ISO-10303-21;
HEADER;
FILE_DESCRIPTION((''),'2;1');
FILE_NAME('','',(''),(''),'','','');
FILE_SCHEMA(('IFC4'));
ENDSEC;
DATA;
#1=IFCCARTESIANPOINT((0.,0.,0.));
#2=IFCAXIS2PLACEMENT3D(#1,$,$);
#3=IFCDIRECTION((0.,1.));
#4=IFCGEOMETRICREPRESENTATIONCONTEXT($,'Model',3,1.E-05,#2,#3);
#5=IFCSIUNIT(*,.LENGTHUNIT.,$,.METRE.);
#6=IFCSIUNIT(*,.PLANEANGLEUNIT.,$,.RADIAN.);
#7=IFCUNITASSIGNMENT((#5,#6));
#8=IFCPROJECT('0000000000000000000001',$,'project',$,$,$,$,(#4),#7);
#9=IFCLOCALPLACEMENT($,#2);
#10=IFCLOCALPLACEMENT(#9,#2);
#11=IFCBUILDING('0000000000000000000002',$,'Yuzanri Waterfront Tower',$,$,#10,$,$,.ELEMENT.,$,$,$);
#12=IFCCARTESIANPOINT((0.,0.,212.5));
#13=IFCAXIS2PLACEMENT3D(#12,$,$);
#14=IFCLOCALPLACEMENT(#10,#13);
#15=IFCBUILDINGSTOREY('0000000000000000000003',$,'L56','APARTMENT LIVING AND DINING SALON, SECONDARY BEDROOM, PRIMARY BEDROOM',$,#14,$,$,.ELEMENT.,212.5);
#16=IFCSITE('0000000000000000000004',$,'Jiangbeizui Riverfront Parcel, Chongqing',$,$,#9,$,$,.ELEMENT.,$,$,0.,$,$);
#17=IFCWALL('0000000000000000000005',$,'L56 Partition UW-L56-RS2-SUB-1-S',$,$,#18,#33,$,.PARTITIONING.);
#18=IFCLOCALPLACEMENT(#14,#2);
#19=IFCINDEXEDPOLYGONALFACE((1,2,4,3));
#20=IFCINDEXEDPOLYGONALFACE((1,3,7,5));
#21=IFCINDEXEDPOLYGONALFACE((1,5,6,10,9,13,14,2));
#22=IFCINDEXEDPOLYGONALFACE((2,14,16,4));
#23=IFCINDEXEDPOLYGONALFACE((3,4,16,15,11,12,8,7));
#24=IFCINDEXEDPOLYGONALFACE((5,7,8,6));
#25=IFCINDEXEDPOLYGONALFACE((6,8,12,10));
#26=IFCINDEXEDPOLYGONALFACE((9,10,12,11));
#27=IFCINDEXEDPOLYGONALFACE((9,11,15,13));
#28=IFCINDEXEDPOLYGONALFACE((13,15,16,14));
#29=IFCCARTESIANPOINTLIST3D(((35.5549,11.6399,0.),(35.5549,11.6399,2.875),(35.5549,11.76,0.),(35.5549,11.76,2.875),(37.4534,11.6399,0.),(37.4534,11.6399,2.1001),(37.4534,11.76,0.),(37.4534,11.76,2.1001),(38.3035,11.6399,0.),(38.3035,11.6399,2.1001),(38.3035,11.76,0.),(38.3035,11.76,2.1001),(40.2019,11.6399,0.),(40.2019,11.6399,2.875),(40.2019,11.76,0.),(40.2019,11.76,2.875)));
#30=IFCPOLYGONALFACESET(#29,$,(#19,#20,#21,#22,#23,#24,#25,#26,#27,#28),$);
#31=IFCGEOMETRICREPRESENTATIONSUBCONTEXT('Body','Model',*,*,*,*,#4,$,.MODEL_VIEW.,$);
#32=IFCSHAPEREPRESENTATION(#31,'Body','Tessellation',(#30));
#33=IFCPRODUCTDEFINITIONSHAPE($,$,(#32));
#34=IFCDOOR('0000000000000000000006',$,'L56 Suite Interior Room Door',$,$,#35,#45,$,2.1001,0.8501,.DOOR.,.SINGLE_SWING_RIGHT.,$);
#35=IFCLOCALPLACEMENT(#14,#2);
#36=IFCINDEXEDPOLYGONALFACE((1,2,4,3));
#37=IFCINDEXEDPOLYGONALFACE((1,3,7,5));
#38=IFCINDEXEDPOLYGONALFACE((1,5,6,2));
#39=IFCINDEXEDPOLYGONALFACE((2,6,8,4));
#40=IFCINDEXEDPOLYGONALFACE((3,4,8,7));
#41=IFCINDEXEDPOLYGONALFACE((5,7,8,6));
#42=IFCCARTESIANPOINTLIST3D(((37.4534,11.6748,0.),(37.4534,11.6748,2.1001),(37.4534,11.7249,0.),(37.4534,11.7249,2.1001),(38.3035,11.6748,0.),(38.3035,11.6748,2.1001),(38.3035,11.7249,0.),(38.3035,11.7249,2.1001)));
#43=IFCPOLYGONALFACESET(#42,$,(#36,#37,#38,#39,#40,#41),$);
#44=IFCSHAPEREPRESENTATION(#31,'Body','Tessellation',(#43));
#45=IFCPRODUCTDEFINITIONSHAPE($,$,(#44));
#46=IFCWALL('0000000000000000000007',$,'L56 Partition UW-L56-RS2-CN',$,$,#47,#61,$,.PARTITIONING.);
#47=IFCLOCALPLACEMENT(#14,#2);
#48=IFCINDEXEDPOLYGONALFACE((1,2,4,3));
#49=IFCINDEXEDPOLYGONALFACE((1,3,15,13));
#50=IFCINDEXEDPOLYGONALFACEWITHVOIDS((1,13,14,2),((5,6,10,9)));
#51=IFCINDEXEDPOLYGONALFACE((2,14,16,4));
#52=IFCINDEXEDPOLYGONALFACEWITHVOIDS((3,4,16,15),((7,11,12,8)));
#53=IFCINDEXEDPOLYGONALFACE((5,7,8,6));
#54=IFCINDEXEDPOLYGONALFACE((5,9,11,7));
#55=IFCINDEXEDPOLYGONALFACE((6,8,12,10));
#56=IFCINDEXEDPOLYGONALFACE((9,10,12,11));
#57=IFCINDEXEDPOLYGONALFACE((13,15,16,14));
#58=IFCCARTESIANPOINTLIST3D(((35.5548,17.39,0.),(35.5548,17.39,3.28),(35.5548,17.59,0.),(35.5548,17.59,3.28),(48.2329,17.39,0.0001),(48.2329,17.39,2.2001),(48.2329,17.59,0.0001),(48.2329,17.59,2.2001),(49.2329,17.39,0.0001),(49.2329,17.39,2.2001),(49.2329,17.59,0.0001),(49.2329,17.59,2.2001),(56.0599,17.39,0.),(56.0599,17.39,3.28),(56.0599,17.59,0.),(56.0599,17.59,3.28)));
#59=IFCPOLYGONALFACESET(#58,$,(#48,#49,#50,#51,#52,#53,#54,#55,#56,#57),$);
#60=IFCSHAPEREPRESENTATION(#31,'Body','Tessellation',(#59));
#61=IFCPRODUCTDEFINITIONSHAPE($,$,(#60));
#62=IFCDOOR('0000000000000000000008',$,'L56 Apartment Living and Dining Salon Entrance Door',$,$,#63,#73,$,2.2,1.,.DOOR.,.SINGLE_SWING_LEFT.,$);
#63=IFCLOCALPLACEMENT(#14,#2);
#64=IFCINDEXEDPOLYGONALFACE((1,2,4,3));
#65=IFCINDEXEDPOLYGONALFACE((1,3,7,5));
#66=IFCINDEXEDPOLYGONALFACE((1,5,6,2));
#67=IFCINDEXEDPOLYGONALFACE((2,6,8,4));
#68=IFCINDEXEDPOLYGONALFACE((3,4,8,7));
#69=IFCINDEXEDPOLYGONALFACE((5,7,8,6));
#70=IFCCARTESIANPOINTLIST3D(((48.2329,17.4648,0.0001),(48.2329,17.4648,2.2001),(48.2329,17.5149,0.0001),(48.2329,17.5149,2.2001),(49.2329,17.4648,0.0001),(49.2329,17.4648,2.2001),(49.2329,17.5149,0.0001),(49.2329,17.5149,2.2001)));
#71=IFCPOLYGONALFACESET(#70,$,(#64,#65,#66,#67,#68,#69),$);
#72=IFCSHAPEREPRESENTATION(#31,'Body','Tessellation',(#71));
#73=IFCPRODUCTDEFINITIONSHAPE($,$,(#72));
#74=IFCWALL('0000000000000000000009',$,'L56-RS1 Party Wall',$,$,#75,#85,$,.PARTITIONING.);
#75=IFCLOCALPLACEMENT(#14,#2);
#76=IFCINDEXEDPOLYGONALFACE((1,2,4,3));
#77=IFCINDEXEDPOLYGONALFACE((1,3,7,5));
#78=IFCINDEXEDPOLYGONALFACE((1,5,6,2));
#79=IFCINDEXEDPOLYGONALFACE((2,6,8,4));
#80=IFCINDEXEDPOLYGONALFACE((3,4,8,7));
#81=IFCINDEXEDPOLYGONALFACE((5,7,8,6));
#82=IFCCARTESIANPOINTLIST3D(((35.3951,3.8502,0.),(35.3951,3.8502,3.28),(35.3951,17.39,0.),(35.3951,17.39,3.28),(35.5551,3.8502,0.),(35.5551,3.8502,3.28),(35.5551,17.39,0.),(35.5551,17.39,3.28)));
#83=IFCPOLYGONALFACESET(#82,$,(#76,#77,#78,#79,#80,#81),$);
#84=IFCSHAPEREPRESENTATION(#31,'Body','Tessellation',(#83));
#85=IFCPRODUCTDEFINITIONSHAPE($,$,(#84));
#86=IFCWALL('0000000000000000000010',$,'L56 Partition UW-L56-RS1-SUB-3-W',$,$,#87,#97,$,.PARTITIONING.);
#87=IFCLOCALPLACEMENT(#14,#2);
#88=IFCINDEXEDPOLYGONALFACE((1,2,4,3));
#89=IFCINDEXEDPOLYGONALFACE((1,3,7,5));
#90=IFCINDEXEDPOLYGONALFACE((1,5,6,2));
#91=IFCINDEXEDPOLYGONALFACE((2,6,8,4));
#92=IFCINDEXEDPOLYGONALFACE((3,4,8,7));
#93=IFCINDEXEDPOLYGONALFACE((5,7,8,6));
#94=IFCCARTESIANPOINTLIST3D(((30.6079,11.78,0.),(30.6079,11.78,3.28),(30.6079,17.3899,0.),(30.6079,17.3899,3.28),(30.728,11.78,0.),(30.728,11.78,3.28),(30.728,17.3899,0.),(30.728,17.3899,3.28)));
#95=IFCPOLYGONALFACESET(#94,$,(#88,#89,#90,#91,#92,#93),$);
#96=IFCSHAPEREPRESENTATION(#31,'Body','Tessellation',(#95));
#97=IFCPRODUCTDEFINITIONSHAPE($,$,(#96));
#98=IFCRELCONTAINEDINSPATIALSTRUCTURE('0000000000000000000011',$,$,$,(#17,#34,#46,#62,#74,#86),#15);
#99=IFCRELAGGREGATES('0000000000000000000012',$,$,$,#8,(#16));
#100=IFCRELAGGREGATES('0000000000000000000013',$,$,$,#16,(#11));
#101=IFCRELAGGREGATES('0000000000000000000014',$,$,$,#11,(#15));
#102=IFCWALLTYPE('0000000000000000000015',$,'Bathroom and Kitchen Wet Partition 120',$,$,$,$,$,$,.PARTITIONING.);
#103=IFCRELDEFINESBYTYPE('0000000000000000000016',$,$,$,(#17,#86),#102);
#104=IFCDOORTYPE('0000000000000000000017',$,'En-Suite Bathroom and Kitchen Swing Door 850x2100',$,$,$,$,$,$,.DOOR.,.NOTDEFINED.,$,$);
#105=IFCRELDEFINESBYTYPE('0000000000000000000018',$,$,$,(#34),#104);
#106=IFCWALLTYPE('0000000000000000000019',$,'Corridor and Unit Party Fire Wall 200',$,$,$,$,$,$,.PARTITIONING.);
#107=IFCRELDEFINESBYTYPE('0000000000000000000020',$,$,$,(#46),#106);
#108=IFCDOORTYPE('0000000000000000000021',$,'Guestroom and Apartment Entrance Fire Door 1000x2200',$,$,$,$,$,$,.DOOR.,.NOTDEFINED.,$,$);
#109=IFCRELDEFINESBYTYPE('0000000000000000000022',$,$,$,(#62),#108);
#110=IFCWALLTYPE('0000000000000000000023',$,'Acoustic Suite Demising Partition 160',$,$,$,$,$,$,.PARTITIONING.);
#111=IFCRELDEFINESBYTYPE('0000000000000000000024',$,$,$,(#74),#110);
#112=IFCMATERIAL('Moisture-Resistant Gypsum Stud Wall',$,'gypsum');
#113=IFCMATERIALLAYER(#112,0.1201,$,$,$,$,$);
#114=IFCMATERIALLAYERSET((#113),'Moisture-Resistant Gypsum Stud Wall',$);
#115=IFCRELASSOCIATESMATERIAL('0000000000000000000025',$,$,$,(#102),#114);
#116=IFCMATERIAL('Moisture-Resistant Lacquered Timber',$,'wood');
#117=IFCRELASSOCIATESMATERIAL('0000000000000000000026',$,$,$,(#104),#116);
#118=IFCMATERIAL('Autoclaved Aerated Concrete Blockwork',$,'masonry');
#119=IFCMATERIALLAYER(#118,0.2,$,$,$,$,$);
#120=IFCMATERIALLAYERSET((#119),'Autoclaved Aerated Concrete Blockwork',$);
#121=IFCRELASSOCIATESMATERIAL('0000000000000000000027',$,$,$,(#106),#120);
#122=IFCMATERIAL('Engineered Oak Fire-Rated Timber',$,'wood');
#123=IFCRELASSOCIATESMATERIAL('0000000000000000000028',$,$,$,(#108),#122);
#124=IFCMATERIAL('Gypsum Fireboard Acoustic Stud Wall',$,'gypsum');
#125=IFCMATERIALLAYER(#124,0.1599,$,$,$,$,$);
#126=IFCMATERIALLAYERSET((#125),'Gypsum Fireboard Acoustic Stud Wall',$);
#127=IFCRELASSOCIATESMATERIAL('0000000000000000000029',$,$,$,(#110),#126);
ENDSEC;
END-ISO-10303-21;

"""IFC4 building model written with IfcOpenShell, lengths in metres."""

from ifc_helpers import new_model, si_unit, direction, frame, frame_2d, origin, place, context, subcontext, project, spatial, rectangle, extrude, source, transform, mapped, material, layer, layer_set, type_object, element, fill, save


model = new_model("IFC4")

# Units and contexts
model_context = context("Model", 3, precision=1e-05, world=origin(), true_north=direction((0.0, 1.0)))
body_context = subcontext(model_context, "Body", "Model", "MODEL_VIEW")
ifc_project = project(units=[si_unit("LENGTHUNIT", "METRE"), si_unit("PLANEANGLEUNIT", "RADIAN")], contexts=[model_context])

# Site, building, storey
site_placement = place(None, origin())
site = spatial("IfcSite", under=ifc_project, at=site_placement, Name="Jiangbeizui Riverfront Parcel, Chongqing", CompositionType="ELEMENT", RefElevation=0.0)
building_placement = place(site_placement, origin())
building = spatial("IfcBuilding", under=site, at=building_placement, Name="Yuzanri Waterfront Tower", CompositionType="ELEMENT")
storey_placement = place(building_placement, frame((0.0, 0.0, 212.5)))
storey = spatial("IfcBuildingStorey", under=building, at=storey_placement, Name="L56", Description="APARTMENT LIVING AND DINING SALON, SECONDARY BEDROOM, PRIMARY BEDROOM", CompositionType="ELEMENT", Elevation=212.5)

# Walls, openings, doors
ifc_material_1 = material(Name="Moisture-Resistant Gypsum Stud Wall", Category="gypsum")
ifc_layer_1 = layer(ifc_material_1, 0.1201)
ifc_layer_set_1 = layer_set([ifc_layer_1], Name="Moisture-Resistant Gypsum Stud Wall")
wall_type_1 = type_object("IfcWallType", Name="Bathroom and Kitchen Wet Partition 120", PredefinedType="PARTITIONING", material=ifc_layer_set_1)
ifc_material_2 = material(Name="Moisture-Resistant Lacquered Timber", Category="wood")
door_type_1 = type_object("IfcDoorType", Name="En-Suite Bathroom and Kitchen Swing Door 850x2100", OperationType="NOTDEFINED", PredefinedType="DOOR", material=ifc_material_2)
shared_shape_1 = source(origin(), body_context, "Body", "SweptSolid", [
    extrude(rectangle(XDim=0.8501, YDim=2.1001, at=frame_2d((0.425, 1.05))), frame((0.0, 0.0249, 0.0), z_axis=(0.0, -1.0, 0.0), x_axis=(1.0, 0.0, 0.0)), (0.0, 0.0, 1.0), 0.05),
])
wall_1_placement = place(storey_placement, frame((35.5549, 11.7, 0.0), z_axis=(0.0, 0.0, 1.0), x_axis=(1.0, 0.0, 0.0)))
wall_1 = element("IfcWall", 1, at=wall_1_placement, inside=storey, type_object=wall_type_1, Name="L56 Partition UW-L56-RS2-SUB-1-S", PredefinedType="PARTITIONING", context=body_context, shape_type="SweptSolid", body=[
    extrude(rectangle(XDim=4.647, YDim=0.1201, at=frame_2d((2.3235, 0.0))), origin(), (0.0, 0.0, 1.0), 2.875),
])
opening_1_placement = place(wall_1_placement, frame((1.8984, 0.0, 0.0)))
opening_1 = element("IfcOpeningElement", 2, at=opening_1_placement, cuts=wall_1, PredefinedType="OPENING", context=body_context, shape_type="SweptSolid", body=[
    extrude(rectangle(XDim=0.8501, YDim=2.1001, at=frame_2d((0.425, 1.05))), frame((0.0, 0.075, 0.0), z_axis=(0.0, -1.0, 0.0), x_axis=(1.0, 0.0, 0.0)), (0.0, 0.0, 1.0), 0.1499),
])
door_1_placement = place(opening_1_placement, origin())
door_1 = element("IfcDoor", 3, at=door_1_placement, inside=storey, type_object=door_type_1, Name="L56 Suite Interior Room Door", OperationType="SINGLE_SWING_RIGHT", OverallHeight=2.1001, OverallWidth=0.8501, PredefinedType="DOOR", context=body_context, shape_type="MappedRepresentation", body=[
    mapped(shared_shape_1, transform((0.0, 0.0, 0.0), scale=1.0)),
])
fill(opening_1, door_1)
ifc_material_3 = material(Name="Autoclaved Aerated Concrete Blockwork", Category="masonry")
ifc_layer_2 = layer(ifc_material_3, 0.2)
ifc_layer_set_2 = layer_set([ifc_layer_2], Name="Autoclaved Aerated Concrete Blockwork")
wall_type_2 = type_object("IfcWallType", Name="Corridor and Unit Party Fire Wall 200", PredefinedType="PARTITIONING", material=ifc_layer_set_2)
wall_2_placement = place(storey_placement, frame((35.5549, 17.49, 0.0), z_axis=(0.0, 0.0, 1.0), x_axis=(1.0, 0.0, 0.0)))
wall_2 = element("IfcWall", 4, at=wall_2_placement, inside=storey, type_object=wall_type_2, Name="L56 Partition UW-L56-RS2-CN", PredefinedType="PARTITIONING", context=body_context, shape_type="SweptSolid", body=[
    extrude(rectangle(XDim=20.5051, YDim=0.2, at=frame_2d((10.2524, 0.0))), origin(), (0.0, 0.0, 1.0), 3.28),
])
opening_2_placement = place(wall_2_placement, frame((12.678, 0.0, 0.0)))
opening_2 = element("IfcOpeningElement", 5, at=opening_2_placement, cuts=wall_2, PredefinedType="OPENING", context=body_context, shape_type="SweptSolid", body=[
    extrude(rectangle(XDim=1.0, YDim=2.2, at=frame_2d((0.5, 1.1001))), frame((0.0, 0.1147, 0.0), z_axis=(0.0, -1.0, 0.0), x_axis=(1.0, 0.0, 0.0)), (0.0, 0.0, 1.0), 0.2297),
])
ifc_material_4 = material(Name="Engineered Oak Fire-Rated Timber", Category="wood")
door_type_2 = type_object("IfcDoorType", Name="Guestroom and Apartment Entrance Fire Door 1000x2200", OperationType="NOTDEFINED", PredefinedType="DOOR", material=ifc_material_4)
shared_shape_2 = source(origin(), body_context, "Body", "SweptSolid", [
    extrude(rectangle(XDim=1.0, YDim=2.2, at=frame_2d((0.5, 1.1001))), frame((0.0, 0.0249, 0.0), z_axis=(0.0, -1.0, 0.0), x_axis=(1.0, 0.0, 0.0)), (0.0, 0.0, 1.0), 0.05),
])
door_2_placement = place(opening_2_placement, origin())
door_2 = element("IfcDoor", 6, at=door_2_placement, inside=storey, type_object=door_type_2, Name="L56 Apartment Living and Dining Salon Entrance Door", OperationType="SINGLE_SWING_LEFT", OverallHeight=2.2, OverallWidth=1.0, PredefinedType="DOOR", context=body_context, shape_type="MappedRepresentation", body=[
    mapped(shared_shape_2, transform((0.0, 0.0, 0.0), scale=1.0)),
])
fill(opening_2, door_2)

# Walls
ifc_material_5 = material(Name="Gypsum Fireboard Acoustic Stud Wall", Category="gypsum")
ifc_layer_3 = layer(ifc_material_5, 0.1599)
ifc_layer_set_3 = layer_set([ifc_layer_3], Name="Gypsum Fireboard Acoustic Stud Wall")
wall_type_3 = type_object("IfcWallType", Name="Acoustic Suite Demising Partition 160", PredefinedType="PARTITIONING", material=ifc_layer_set_3)
shared_shape_3 = source(origin(), body_context, "Body", "SweptSolid", [
    extrude(rectangle(XDim=13.5398, YDim=0.1599, at=frame_2d((6.77, 0.0))), origin(), (0.0, 0.0, 1.0), 3.28),
])
wall_3_placement = place(storey_placement, frame((35.4751, 3.8501, 0.0), z_axis=(0.0, 0.0, 1.0), x_axis=(0.0, 1.0, 0.0)))
element("IfcWall", 7, at=wall_3_placement, inside=storey, type_object=wall_type_3, Name="L56-RS1 Party Wall", PredefinedType="PARTITIONING", context=body_context, shape_type="MappedRepresentation", body=[
    mapped(shared_shape_3, transform((0.0, 0.0, 0.0), scale=1.0)),
])
shared_shape_4 = source(origin(), body_context, "Body", "SweptSolid", [
    extrude(rectangle(XDim=5.6099, YDim=0.1201, at=frame_2d((2.8049, 0.0))), origin(), (0.0, 0.0, 1.0), 3.28),
])
wall_4_placement = place(storey_placement, frame((30.668, 11.78, 0.0), z_axis=(0.0, 0.0, 1.0), x_axis=(0.0, 1.0, 0.0)))
element("IfcWall", 8, at=wall_4_placement, inside=storey, type_object=wall_type_1, Name="L56 Partition UW-L56-RS1-SUB-3-W", PredefinedType="PARTITIONING", context=body_context, shape_type="MappedRepresentation", body=[
    mapped(shared_shape_4, transform((0.0, 0.0, 0.0), scale=1.0)),
])

save(model, "model.ifc")
